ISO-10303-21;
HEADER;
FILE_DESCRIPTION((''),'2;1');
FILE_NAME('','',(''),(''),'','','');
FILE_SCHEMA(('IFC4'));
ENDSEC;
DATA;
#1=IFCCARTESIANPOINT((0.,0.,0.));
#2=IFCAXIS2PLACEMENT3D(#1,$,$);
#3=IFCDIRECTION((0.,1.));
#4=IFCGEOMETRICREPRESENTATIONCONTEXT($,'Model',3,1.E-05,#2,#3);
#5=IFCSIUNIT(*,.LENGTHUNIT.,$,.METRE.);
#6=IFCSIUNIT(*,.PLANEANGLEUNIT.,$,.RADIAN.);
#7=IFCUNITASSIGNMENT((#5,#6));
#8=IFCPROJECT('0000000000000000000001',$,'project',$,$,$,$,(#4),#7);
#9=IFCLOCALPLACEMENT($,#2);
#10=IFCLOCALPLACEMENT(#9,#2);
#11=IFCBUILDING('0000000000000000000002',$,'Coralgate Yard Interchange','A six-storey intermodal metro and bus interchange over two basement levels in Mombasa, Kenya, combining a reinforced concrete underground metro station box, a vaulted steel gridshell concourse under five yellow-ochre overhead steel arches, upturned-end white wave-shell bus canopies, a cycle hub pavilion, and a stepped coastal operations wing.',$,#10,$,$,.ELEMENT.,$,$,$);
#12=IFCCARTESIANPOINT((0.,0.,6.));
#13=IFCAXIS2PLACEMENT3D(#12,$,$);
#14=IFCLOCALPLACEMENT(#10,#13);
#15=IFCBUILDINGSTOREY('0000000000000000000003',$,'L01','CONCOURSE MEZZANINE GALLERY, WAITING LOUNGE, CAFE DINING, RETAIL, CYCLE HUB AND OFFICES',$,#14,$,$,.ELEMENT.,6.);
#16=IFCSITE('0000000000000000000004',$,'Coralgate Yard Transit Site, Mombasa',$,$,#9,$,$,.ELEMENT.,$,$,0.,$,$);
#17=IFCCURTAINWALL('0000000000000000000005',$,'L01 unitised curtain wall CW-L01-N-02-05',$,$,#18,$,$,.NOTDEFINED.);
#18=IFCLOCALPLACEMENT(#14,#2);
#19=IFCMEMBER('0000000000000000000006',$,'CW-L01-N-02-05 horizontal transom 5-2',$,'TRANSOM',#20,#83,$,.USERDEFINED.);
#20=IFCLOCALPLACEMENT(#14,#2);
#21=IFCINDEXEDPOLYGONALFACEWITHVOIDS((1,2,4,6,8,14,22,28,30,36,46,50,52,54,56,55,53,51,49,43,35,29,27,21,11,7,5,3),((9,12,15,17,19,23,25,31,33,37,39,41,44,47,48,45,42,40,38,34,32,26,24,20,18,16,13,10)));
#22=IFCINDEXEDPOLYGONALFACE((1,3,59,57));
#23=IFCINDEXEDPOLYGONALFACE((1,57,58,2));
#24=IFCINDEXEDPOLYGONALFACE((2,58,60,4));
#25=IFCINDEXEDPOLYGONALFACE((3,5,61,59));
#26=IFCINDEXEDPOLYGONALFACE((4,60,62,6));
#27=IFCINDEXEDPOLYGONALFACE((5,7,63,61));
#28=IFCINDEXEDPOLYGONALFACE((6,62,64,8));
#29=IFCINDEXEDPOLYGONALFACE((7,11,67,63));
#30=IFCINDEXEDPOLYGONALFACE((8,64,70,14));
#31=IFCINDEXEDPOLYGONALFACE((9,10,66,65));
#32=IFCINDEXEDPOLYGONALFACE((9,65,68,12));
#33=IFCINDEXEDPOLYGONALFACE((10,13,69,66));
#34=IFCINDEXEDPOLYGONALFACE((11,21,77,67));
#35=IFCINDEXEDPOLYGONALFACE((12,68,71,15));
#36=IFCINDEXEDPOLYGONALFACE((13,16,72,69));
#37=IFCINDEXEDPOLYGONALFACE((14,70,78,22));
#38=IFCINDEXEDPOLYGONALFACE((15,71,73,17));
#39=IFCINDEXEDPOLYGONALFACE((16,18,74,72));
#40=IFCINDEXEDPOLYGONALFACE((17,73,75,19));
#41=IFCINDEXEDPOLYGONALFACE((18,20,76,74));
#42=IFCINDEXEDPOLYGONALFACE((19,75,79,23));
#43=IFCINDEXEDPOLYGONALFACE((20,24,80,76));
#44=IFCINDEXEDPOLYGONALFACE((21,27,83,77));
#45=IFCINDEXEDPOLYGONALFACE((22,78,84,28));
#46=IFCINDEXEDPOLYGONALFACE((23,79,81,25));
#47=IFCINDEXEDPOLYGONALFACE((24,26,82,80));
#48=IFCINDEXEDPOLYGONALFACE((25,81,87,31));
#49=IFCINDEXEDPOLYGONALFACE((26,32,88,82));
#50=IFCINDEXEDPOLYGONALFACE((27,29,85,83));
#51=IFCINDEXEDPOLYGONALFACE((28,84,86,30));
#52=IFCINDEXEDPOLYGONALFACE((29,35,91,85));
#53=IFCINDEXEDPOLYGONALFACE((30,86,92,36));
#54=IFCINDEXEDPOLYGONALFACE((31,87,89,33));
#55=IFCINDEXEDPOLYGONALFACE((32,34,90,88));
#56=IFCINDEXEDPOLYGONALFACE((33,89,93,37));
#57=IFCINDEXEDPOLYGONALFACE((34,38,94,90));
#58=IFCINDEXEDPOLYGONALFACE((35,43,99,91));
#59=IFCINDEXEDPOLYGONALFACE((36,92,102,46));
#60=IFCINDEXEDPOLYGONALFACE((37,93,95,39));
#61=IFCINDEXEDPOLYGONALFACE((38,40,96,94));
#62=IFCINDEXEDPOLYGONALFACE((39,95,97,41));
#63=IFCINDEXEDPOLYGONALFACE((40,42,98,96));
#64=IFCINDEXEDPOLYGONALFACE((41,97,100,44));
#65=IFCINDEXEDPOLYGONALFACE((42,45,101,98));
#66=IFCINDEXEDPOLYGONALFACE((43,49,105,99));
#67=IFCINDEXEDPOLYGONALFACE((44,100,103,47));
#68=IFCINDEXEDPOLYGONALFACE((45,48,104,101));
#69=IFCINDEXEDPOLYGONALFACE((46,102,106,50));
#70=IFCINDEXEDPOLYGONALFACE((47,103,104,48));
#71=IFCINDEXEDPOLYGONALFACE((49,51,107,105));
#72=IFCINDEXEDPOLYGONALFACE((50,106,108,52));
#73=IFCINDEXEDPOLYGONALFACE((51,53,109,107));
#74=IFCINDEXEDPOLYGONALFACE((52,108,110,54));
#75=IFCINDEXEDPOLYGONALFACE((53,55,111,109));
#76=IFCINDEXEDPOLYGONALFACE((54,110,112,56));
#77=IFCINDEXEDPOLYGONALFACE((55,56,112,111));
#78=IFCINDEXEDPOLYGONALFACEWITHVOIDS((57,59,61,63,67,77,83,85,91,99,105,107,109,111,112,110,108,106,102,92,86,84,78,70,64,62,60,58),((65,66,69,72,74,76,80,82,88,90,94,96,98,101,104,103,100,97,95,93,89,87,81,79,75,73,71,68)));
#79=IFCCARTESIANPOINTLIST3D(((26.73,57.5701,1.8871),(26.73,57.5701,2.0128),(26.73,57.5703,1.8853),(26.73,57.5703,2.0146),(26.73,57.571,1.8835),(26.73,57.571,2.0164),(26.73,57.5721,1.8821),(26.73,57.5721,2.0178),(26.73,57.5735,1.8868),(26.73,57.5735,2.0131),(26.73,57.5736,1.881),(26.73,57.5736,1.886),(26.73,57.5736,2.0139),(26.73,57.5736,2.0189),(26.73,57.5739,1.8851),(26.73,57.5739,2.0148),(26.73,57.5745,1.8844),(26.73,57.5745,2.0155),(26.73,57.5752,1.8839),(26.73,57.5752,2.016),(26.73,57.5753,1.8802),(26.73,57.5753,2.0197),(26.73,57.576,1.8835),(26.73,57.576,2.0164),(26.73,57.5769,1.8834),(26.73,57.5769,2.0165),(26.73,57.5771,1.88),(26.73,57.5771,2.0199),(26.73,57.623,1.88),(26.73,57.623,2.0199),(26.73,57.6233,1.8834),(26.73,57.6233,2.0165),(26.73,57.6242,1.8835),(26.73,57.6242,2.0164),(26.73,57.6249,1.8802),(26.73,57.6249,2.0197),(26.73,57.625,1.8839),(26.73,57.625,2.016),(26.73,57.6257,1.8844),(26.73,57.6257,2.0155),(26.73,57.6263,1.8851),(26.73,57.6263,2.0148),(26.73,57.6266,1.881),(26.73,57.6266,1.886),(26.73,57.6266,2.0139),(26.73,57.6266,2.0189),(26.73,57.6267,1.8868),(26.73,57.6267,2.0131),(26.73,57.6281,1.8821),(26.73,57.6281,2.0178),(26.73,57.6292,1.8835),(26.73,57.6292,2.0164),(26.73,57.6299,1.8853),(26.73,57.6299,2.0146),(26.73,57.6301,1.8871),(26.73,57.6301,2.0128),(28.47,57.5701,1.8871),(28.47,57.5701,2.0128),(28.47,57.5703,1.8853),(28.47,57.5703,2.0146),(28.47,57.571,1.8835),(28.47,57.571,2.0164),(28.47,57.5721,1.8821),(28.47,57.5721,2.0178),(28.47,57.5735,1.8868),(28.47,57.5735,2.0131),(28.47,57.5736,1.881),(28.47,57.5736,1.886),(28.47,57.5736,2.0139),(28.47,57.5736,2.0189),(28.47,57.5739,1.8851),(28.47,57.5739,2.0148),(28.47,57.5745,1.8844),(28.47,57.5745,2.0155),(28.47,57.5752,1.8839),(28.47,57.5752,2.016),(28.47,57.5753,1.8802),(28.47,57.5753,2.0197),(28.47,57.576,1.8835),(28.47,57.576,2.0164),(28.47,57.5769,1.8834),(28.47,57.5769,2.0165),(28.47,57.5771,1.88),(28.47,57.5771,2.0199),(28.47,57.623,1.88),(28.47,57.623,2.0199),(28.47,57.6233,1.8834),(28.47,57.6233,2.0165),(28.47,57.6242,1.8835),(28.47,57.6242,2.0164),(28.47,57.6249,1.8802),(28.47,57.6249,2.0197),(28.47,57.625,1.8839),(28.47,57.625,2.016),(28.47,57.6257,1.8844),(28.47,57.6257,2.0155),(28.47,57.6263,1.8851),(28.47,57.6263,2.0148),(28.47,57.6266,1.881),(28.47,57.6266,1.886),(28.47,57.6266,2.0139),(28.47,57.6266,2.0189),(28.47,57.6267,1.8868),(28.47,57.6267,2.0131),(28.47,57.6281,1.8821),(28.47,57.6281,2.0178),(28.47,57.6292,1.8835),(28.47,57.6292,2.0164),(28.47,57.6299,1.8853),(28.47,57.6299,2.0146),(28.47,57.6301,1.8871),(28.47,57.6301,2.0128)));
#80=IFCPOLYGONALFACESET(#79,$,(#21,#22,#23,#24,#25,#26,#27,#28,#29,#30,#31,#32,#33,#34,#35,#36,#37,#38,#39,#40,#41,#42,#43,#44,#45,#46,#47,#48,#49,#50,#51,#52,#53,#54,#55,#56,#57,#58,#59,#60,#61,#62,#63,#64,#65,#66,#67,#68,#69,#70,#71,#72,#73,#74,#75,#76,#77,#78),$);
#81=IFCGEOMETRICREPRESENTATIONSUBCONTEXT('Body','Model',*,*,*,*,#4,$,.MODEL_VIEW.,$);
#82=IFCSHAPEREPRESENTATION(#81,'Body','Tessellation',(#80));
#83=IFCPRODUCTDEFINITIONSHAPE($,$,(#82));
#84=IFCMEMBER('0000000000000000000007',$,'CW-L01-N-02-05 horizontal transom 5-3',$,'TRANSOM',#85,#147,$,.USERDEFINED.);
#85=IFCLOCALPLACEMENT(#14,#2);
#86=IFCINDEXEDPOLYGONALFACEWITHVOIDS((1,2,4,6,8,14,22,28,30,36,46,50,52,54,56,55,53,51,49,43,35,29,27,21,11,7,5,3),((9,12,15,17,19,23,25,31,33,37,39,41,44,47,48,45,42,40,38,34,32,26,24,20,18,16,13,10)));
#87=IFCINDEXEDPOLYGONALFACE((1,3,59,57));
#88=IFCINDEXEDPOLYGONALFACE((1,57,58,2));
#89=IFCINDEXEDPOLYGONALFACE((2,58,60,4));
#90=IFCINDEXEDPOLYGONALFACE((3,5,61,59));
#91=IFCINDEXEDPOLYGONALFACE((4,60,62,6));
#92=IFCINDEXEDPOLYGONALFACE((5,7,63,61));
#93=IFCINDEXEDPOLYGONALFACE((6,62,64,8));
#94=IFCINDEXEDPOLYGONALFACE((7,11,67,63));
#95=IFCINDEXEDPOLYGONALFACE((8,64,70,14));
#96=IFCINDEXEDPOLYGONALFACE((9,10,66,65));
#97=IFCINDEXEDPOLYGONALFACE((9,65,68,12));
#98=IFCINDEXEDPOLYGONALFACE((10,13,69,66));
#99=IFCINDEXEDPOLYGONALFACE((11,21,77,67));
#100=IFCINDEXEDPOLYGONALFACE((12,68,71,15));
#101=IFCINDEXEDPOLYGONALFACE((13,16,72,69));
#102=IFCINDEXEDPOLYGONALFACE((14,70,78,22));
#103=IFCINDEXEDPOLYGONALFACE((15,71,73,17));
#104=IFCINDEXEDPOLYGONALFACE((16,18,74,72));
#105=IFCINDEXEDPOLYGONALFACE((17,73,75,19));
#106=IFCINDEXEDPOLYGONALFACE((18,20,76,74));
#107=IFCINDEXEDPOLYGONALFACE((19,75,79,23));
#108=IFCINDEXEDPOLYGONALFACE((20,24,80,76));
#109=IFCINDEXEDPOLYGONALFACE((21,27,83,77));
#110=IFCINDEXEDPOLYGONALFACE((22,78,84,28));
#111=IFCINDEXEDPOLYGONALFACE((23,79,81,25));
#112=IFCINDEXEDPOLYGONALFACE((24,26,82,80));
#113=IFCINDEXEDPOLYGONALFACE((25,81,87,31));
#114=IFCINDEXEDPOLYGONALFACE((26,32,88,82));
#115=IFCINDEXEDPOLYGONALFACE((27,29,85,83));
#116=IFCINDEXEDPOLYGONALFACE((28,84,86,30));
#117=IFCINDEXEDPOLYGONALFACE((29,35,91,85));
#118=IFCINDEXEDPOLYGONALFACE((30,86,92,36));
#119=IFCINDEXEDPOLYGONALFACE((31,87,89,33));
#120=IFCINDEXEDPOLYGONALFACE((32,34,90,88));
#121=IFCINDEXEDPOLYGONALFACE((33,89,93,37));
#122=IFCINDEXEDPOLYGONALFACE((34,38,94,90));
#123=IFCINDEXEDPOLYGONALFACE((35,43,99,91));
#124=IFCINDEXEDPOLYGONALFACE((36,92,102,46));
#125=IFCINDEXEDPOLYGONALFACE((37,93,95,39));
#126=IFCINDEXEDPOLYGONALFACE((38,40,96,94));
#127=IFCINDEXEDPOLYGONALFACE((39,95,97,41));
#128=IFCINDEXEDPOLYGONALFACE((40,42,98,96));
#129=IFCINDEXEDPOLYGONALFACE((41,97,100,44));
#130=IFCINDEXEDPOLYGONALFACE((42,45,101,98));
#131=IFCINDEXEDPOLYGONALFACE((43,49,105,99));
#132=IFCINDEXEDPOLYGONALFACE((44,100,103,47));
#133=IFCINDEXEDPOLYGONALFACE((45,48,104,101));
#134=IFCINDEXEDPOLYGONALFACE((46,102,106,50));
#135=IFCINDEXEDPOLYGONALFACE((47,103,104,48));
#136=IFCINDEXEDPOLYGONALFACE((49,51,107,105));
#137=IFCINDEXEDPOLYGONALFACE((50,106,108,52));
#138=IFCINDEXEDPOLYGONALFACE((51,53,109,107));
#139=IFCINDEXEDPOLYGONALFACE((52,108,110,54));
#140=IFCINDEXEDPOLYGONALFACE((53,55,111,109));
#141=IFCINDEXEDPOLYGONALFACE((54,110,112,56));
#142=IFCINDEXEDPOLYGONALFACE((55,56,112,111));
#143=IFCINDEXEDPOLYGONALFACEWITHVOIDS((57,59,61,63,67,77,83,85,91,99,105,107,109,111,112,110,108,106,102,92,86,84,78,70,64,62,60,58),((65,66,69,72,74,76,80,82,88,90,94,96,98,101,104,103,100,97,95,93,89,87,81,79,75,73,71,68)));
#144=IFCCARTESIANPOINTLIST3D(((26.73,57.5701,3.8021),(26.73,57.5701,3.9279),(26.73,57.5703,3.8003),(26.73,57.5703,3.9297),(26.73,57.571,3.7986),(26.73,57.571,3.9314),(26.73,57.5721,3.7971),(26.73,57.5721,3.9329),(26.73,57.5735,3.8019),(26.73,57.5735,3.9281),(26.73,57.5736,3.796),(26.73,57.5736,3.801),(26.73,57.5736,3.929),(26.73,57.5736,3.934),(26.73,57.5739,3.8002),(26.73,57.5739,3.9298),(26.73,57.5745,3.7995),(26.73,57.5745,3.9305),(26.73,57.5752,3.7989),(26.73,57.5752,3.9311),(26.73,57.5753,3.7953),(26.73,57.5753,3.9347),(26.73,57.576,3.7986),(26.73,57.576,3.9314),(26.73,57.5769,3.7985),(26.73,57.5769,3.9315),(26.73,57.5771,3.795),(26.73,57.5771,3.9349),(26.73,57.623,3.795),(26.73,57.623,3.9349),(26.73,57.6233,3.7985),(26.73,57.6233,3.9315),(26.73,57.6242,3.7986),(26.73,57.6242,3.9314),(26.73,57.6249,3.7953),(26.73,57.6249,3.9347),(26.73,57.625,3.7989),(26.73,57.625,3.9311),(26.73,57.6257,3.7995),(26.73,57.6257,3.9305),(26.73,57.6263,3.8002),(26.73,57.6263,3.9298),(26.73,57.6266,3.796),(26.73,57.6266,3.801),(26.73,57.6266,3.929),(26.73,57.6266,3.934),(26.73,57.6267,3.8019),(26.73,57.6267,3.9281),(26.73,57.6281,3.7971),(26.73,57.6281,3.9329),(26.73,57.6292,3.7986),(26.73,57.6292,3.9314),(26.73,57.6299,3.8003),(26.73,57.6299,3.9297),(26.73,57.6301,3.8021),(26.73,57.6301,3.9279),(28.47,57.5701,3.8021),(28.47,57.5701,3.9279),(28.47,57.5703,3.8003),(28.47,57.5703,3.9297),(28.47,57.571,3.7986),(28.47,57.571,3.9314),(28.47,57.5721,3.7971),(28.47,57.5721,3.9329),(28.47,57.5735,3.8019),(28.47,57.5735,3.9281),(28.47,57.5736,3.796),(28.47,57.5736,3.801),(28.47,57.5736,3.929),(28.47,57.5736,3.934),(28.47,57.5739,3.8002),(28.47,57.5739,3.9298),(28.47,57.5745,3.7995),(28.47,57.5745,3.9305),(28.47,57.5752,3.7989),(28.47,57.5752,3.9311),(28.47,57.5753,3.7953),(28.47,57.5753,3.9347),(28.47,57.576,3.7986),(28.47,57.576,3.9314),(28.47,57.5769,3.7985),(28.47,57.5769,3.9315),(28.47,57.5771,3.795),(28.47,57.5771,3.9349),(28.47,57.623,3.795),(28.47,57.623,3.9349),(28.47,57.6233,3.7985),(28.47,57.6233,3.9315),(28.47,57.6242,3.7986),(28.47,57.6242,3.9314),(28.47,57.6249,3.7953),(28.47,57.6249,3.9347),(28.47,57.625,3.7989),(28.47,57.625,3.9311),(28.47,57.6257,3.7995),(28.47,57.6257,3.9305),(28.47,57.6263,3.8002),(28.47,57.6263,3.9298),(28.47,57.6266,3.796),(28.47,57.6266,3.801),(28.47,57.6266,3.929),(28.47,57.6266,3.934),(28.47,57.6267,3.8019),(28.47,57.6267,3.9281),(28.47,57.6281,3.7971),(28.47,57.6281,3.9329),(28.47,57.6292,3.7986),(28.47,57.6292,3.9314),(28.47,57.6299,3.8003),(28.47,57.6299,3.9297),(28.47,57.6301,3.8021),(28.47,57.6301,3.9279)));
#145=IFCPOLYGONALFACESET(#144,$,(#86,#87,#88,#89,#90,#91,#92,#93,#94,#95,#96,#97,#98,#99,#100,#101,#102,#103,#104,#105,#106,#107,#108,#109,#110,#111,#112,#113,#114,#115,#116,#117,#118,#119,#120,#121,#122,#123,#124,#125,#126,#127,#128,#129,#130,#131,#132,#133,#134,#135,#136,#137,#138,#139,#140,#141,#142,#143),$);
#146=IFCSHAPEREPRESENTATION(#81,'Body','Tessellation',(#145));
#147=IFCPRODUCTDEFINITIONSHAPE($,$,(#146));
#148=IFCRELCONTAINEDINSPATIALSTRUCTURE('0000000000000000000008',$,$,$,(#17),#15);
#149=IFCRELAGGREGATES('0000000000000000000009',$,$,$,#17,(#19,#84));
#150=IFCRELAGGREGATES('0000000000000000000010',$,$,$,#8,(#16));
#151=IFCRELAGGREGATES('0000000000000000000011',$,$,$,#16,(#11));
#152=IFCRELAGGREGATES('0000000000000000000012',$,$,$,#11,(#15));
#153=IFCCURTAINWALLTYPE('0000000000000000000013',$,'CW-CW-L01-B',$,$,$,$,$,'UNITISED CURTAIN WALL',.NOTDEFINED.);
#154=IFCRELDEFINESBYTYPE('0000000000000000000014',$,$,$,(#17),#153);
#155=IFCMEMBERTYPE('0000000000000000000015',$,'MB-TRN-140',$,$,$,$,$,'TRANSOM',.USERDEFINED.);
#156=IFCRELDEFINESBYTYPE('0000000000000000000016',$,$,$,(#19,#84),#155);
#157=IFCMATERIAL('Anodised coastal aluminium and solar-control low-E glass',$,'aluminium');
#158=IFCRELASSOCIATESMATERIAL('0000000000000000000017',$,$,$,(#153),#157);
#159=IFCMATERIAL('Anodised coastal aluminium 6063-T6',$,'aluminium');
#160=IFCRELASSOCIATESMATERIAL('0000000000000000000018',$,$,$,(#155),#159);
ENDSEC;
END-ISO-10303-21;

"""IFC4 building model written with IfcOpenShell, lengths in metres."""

from ifc_helpers import new_model, si_unit, direction, frame, origin, origin_2d, place, context, subcontext, project, spatial, hollow_rectangle, extrude, material, material_profile, profile_set, type_object, element, aggregate, save


model = new_model("IFC4")

# Units and contexts
model_context = context("Model", 3, precision=1e-05, world=origin(), true_north=direction((0.0, 1.0)))
body_context = subcontext(model_context, "Body", "Model", "MODEL_VIEW")
ifc_project = project(units=[si_unit("LENGTHUNIT", "METRE"), si_unit("PLANEANGLEUNIT", "RADIAN")], contexts=[model_context])

# Site, building, storey
site_placement = place(None, origin())
site = spatial("IfcSite", under=ifc_project, at=site_placement, Name="Coralgate Yard Transit Site, Mombasa", CompositionType="ELEMENT", RefElevation=0.0)
building_placement = place(site_placement, origin())
building = spatial("IfcBuilding", under=site, at=building_placement, Name="Coralgate Yard Interchange", Description="A six-storey intermodal metro and bus interchange over two basement levels in Mombasa, Kenya, combining a reinforced concrete underground metro station box, a vaulted steel gridshell concourse under five yellow-ochre overhead steel arches, upturned-end white wave-shell bus canopies, a cycle hub pavilion, and a stepped coastal operations wing.", CompositionType="ELEMENT")
storey_placement = place(building_placement, frame((0.0, 0.0, 6.0)))
storey = spatial("IfcBuildingStorey", under=building, at=storey_placement, Name="L01", Description="CONCOURSE MEZZANINE GALLERY, WAITING LOUNGE, CAFE DINING, RETAIL, CYCLE HUB AND OFFICES", CompositionType="ELEMENT", Elevation=6.0)

# Curtain wall
ifc_material_1 = material(Name="Anodised coastal aluminium and solar-control low-E glass", Category="aluminium")
curtain_wall_type_1 = type_object("IfcCurtainWallType", Name="CW-CW-L01-B", ElementType="UNITISED CURTAIN WALL", PredefinedType="NOTDEFINED", material=ifc_material_1)
curtain_wall_1_placement = place(storey_placement, origin())
curtain_wall_1 = element("IfcCurtainWall", 1, at=curtain_wall_1_placement, inside=storey, type_object=curtain_wall_type_1, Name="L01 unitised curtain wall CW-L01-N-02-05", PredefinedType="NOTDEFINED")
ifc_material_2 = material(Name="Anodised coastal aluminium 6063-T6", Category="aluminium")

# Members
ifc_material_profile_1 = material_profile(ifc_material_2, hollow_rectangle(XDim=0.0601, YDim=0.1399, WallThickness=0.0034, InnerFilletRadius=0.0034, OuterFilletRadius=0.0071, at=origin_2d()), Name="ALU 60x140x3.5")
ifc_profile_set_1 = profile_set([ifc_material_profile_1], Name="Anodised coastal aluminium 6063-T6")
member_type_1 = type_object("IfcMemberType", Name="MB-TRN-140", ElementType="TRANSOM", PredefinedType="USERDEFINED", material=ifc_profile_set_1)
member_1_placement = place(storey_placement, frame((26.73, 57.6001, 1.95), z_axis=(1.0, 0.0, 0.0), x_axis=(0.0, 1.0, 0.0)))
member_1 = element("IfcMember", 2, at=member_1_placement, type_object=member_type_1, Name="CW-L01-N-02-05 horizontal transom 5-2", ObjectType="TRANSOM", PredefinedType="USERDEFINED", context=body_context, shape_type="SweptSolid", body=[
    extrude(hollow_rectangle(XDim=0.0601, YDim=0.1399, WallThickness=0.0034, InnerFilletRadius=0.0034, OuterFilletRadius=0.0071, at=origin_2d()), origin(), (0.0, 0.0, 1.0), 1.74),
])
member_2_placement = place(storey_placement, frame((26.73, 57.6001, 3.865), z_axis=(1.0, 0.0, 0.0), x_axis=(0.0, 1.0, 0.0)))
member_2 = element("IfcMember", 3, at=member_2_placement, type_object=member_type_1, Name="CW-L01-N-02-05 horizontal transom 5-3", ObjectType="TRANSOM", PredefinedType="USERDEFINED", context=body_context, shape_type="SweptSolid", body=[
    extrude(hollow_rectangle(XDim=0.0601, YDim=0.1399, WallThickness=0.0034, InnerFilletRadius=0.0034, OuterFilletRadius=0.0071, at=origin_2d()), origin(), (0.0, 0.0, 1.0), 1.74),
])

aggregate(curtain_wall_1, [member_1, member_2])

save(model, "model.ifc")
